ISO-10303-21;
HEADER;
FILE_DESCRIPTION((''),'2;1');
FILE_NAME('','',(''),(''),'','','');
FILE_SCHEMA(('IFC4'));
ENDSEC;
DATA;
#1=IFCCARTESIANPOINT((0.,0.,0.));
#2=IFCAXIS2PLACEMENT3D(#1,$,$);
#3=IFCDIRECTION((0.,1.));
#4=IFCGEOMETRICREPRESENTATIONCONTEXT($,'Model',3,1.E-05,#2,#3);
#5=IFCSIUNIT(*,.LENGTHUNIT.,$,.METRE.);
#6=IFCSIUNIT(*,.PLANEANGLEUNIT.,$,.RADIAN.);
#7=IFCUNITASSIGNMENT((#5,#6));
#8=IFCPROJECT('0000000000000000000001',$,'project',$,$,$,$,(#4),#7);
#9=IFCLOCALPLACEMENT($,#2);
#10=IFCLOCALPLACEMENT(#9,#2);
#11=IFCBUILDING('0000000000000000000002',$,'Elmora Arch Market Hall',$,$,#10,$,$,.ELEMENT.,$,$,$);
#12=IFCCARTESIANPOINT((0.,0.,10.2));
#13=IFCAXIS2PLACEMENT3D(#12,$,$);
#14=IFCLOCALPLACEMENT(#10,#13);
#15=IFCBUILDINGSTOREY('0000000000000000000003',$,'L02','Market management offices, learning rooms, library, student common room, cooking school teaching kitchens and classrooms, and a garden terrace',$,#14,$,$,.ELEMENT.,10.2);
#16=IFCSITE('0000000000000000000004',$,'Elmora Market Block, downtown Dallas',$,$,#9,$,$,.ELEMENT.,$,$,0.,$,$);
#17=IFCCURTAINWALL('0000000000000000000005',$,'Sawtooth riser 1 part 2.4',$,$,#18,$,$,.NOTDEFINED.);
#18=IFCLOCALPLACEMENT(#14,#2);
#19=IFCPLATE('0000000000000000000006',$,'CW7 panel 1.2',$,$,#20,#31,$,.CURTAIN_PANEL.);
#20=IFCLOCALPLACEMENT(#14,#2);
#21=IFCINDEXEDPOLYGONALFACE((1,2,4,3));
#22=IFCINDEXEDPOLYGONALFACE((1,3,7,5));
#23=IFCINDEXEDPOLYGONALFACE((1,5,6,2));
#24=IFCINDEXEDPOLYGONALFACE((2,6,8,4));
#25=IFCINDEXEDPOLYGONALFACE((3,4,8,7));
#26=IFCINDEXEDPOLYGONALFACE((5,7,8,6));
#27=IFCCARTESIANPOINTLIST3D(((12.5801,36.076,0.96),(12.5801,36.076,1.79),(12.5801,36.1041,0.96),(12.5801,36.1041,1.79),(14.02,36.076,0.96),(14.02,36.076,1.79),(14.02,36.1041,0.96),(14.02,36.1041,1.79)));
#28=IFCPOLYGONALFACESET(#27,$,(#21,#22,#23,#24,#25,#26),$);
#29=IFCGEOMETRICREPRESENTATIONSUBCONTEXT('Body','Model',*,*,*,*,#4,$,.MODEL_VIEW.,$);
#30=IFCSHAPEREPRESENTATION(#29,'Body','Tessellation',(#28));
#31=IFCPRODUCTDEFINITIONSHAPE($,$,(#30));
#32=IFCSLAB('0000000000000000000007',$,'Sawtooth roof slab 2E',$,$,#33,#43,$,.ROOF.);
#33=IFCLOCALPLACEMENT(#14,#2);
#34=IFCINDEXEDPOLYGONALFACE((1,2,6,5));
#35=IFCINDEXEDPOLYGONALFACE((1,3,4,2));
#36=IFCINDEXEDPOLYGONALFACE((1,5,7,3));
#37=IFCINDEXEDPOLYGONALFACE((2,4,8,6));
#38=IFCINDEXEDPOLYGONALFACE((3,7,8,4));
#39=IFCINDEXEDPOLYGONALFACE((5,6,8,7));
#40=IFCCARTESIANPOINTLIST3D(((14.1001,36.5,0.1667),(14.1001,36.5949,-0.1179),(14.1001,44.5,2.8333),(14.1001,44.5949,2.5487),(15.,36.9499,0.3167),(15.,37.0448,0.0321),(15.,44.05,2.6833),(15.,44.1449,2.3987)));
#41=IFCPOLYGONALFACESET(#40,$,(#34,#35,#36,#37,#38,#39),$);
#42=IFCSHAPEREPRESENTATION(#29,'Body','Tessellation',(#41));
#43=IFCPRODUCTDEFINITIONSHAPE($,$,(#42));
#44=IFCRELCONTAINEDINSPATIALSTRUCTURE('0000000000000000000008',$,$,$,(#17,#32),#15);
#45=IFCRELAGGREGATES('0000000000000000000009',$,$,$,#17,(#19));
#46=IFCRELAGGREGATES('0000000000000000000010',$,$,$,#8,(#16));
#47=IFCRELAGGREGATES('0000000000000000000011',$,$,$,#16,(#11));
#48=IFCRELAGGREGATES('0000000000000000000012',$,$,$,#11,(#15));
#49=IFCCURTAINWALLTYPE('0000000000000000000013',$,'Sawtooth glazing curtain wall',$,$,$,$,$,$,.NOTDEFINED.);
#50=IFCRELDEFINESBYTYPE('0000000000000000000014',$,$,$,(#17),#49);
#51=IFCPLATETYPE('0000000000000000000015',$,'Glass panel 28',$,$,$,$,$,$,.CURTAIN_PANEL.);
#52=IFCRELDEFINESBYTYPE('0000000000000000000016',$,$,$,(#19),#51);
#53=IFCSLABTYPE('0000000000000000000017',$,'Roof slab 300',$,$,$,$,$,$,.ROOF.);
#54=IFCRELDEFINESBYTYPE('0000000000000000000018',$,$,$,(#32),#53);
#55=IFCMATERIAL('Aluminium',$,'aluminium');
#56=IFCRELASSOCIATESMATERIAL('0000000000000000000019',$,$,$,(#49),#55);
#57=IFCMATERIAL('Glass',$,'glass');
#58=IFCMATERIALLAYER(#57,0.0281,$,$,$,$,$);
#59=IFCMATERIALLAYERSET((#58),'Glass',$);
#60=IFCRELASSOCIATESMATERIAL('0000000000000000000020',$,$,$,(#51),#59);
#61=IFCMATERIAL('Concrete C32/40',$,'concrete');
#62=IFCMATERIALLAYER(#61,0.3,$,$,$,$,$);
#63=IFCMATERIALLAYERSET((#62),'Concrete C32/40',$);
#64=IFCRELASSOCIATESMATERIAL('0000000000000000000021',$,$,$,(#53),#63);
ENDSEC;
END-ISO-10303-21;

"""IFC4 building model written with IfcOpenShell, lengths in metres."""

from ifc_helpers import new_model, si_unit, direction, frame, origin, origin_2d, place, context, subcontext, project, spatial, polyline, rectangle, outline, extrude, material, layer, layer_set, type_object, element, aggregate, save


model = new_model("IFC4")

# Units and contexts
model_context = context("Model", 3, precision=1e-05, world=origin(), true_north=direction((0.0, 1.0)))
body_context = subcontext(model_context, "Body", "Model", "MODEL_VIEW")
ifc_project = project(units=[si_unit("LENGTHUNIT", "METRE"), si_unit("PLANEANGLEUNIT", "RADIAN")], contexts=[model_context])

# Site, building, storey
site_placement = place(None, origin())
site = spatial("IfcSite", under=ifc_project, at=site_placement, Name="Elmora Market Block, downtown Dallas", CompositionType="ELEMENT", RefElevation=0.0)
building_placement = place(site_placement, origin())
building = spatial("IfcBuilding", under=site, at=building_placement, Name="Elmora Arch Market Hall", CompositionType="ELEMENT")
storey_placement = place(building_placement, frame((0.0, 0.0, 10.2)))
storey = spatial("IfcBuildingStorey", under=building, at=storey_placement, Name="L02", Description="Market management offices, learning rooms, library, student common room, cooking school teaching kitchens and classrooms, and a garden terrace", CompositionType="ELEMENT", Elevation=10.2)

# Shared definitions
ifc_material_1 = material(Name="Aluminium", Category="aluminium")
curtain_wall_type_1 = type_object("IfcCurtainWallType", Name="Sawtooth glazing curtain wall", PredefinedType="NOTDEFINED", material=ifc_material_1)

# Curtain wall
curtain_wall_1_placement = place(storey_placement, origin())
curtain_wall_1 = element("IfcCurtainWall", 1, at=curtain_wall_1_placement, inside=storey, type_object=curtain_wall_type_1, Name="Sawtooth riser 1 part 2.4", PredefinedType="NOTDEFINED")

# Plate
ifc_material_2 = material(Name="Glass", Category="glass")
ifc_layer_1 = layer(ifc_material_2, 0.0281)
ifc_layer_set_1 = layer_set([ifc_layer_1], Name="Glass")
plate_type = type_object("IfcPlateType", Name="Glass panel 28", PredefinedType="CURTAIN_PANEL", material=ifc_layer_set_1)
plate_1_placement = place(storey_placement, frame((13.3, 36.0901, 0.96), z_axis=(0.0, 0.0, 1.0), x_axis=(1.0, 0.0, 0.0)))
plate_1 = element("IfcPlate", 2, at=plate_1_placement, type_object=plate_type, Name="CW7 panel 1.2", PredefinedType="CURTAIN_PANEL", context=body_context, shape_type="SweptSolid", body=[
    extrude(rectangle(XDim=1.4399, YDim=0.0281, at=origin_2d()), origin(), (0.0, 0.0, 1.0), 0.8301),
])
aggregate(curtain_wall_1, [plate_1])

# Slab
ifc_material_3 = material(Name="Concrete C32/40", Category="concrete")
ifc_layer_2 = layer(ifc_material_3, 0.3)
ifc_layer_set_2 = layer_set([ifc_layer_2], Name="Concrete C32/40")
slab_type = type_object("IfcSlabType", Name="Roof slab 300", PredefinedType="ROOF", material=ifc_layer_set_2)
slab_placement = place(storey_placement, frame((14.1001, 36.5, 0.1667), z_axis=(0.0, -0.316219, 0.948686), x_axis=(0.884662, 0.442309, 0.147431)))
element("IfcSlab", 3, at=slab_placement, inside=storey, type_object=slab_type, Name="Sawtooth roof slab 2E", PredefinedType="ROOF", context=body_context, shape_type="SweptSolid", body=[
    extrude(outline(polyline([(0.0, 0.0), (1.0172, 0.0), (4.5066, 6.621), (3.9316, 7.4601), (0.0, 0.0)])), origin(), (0.0, 0.0, -1.0), 0.3),
])

save(model, "model.ifc")
